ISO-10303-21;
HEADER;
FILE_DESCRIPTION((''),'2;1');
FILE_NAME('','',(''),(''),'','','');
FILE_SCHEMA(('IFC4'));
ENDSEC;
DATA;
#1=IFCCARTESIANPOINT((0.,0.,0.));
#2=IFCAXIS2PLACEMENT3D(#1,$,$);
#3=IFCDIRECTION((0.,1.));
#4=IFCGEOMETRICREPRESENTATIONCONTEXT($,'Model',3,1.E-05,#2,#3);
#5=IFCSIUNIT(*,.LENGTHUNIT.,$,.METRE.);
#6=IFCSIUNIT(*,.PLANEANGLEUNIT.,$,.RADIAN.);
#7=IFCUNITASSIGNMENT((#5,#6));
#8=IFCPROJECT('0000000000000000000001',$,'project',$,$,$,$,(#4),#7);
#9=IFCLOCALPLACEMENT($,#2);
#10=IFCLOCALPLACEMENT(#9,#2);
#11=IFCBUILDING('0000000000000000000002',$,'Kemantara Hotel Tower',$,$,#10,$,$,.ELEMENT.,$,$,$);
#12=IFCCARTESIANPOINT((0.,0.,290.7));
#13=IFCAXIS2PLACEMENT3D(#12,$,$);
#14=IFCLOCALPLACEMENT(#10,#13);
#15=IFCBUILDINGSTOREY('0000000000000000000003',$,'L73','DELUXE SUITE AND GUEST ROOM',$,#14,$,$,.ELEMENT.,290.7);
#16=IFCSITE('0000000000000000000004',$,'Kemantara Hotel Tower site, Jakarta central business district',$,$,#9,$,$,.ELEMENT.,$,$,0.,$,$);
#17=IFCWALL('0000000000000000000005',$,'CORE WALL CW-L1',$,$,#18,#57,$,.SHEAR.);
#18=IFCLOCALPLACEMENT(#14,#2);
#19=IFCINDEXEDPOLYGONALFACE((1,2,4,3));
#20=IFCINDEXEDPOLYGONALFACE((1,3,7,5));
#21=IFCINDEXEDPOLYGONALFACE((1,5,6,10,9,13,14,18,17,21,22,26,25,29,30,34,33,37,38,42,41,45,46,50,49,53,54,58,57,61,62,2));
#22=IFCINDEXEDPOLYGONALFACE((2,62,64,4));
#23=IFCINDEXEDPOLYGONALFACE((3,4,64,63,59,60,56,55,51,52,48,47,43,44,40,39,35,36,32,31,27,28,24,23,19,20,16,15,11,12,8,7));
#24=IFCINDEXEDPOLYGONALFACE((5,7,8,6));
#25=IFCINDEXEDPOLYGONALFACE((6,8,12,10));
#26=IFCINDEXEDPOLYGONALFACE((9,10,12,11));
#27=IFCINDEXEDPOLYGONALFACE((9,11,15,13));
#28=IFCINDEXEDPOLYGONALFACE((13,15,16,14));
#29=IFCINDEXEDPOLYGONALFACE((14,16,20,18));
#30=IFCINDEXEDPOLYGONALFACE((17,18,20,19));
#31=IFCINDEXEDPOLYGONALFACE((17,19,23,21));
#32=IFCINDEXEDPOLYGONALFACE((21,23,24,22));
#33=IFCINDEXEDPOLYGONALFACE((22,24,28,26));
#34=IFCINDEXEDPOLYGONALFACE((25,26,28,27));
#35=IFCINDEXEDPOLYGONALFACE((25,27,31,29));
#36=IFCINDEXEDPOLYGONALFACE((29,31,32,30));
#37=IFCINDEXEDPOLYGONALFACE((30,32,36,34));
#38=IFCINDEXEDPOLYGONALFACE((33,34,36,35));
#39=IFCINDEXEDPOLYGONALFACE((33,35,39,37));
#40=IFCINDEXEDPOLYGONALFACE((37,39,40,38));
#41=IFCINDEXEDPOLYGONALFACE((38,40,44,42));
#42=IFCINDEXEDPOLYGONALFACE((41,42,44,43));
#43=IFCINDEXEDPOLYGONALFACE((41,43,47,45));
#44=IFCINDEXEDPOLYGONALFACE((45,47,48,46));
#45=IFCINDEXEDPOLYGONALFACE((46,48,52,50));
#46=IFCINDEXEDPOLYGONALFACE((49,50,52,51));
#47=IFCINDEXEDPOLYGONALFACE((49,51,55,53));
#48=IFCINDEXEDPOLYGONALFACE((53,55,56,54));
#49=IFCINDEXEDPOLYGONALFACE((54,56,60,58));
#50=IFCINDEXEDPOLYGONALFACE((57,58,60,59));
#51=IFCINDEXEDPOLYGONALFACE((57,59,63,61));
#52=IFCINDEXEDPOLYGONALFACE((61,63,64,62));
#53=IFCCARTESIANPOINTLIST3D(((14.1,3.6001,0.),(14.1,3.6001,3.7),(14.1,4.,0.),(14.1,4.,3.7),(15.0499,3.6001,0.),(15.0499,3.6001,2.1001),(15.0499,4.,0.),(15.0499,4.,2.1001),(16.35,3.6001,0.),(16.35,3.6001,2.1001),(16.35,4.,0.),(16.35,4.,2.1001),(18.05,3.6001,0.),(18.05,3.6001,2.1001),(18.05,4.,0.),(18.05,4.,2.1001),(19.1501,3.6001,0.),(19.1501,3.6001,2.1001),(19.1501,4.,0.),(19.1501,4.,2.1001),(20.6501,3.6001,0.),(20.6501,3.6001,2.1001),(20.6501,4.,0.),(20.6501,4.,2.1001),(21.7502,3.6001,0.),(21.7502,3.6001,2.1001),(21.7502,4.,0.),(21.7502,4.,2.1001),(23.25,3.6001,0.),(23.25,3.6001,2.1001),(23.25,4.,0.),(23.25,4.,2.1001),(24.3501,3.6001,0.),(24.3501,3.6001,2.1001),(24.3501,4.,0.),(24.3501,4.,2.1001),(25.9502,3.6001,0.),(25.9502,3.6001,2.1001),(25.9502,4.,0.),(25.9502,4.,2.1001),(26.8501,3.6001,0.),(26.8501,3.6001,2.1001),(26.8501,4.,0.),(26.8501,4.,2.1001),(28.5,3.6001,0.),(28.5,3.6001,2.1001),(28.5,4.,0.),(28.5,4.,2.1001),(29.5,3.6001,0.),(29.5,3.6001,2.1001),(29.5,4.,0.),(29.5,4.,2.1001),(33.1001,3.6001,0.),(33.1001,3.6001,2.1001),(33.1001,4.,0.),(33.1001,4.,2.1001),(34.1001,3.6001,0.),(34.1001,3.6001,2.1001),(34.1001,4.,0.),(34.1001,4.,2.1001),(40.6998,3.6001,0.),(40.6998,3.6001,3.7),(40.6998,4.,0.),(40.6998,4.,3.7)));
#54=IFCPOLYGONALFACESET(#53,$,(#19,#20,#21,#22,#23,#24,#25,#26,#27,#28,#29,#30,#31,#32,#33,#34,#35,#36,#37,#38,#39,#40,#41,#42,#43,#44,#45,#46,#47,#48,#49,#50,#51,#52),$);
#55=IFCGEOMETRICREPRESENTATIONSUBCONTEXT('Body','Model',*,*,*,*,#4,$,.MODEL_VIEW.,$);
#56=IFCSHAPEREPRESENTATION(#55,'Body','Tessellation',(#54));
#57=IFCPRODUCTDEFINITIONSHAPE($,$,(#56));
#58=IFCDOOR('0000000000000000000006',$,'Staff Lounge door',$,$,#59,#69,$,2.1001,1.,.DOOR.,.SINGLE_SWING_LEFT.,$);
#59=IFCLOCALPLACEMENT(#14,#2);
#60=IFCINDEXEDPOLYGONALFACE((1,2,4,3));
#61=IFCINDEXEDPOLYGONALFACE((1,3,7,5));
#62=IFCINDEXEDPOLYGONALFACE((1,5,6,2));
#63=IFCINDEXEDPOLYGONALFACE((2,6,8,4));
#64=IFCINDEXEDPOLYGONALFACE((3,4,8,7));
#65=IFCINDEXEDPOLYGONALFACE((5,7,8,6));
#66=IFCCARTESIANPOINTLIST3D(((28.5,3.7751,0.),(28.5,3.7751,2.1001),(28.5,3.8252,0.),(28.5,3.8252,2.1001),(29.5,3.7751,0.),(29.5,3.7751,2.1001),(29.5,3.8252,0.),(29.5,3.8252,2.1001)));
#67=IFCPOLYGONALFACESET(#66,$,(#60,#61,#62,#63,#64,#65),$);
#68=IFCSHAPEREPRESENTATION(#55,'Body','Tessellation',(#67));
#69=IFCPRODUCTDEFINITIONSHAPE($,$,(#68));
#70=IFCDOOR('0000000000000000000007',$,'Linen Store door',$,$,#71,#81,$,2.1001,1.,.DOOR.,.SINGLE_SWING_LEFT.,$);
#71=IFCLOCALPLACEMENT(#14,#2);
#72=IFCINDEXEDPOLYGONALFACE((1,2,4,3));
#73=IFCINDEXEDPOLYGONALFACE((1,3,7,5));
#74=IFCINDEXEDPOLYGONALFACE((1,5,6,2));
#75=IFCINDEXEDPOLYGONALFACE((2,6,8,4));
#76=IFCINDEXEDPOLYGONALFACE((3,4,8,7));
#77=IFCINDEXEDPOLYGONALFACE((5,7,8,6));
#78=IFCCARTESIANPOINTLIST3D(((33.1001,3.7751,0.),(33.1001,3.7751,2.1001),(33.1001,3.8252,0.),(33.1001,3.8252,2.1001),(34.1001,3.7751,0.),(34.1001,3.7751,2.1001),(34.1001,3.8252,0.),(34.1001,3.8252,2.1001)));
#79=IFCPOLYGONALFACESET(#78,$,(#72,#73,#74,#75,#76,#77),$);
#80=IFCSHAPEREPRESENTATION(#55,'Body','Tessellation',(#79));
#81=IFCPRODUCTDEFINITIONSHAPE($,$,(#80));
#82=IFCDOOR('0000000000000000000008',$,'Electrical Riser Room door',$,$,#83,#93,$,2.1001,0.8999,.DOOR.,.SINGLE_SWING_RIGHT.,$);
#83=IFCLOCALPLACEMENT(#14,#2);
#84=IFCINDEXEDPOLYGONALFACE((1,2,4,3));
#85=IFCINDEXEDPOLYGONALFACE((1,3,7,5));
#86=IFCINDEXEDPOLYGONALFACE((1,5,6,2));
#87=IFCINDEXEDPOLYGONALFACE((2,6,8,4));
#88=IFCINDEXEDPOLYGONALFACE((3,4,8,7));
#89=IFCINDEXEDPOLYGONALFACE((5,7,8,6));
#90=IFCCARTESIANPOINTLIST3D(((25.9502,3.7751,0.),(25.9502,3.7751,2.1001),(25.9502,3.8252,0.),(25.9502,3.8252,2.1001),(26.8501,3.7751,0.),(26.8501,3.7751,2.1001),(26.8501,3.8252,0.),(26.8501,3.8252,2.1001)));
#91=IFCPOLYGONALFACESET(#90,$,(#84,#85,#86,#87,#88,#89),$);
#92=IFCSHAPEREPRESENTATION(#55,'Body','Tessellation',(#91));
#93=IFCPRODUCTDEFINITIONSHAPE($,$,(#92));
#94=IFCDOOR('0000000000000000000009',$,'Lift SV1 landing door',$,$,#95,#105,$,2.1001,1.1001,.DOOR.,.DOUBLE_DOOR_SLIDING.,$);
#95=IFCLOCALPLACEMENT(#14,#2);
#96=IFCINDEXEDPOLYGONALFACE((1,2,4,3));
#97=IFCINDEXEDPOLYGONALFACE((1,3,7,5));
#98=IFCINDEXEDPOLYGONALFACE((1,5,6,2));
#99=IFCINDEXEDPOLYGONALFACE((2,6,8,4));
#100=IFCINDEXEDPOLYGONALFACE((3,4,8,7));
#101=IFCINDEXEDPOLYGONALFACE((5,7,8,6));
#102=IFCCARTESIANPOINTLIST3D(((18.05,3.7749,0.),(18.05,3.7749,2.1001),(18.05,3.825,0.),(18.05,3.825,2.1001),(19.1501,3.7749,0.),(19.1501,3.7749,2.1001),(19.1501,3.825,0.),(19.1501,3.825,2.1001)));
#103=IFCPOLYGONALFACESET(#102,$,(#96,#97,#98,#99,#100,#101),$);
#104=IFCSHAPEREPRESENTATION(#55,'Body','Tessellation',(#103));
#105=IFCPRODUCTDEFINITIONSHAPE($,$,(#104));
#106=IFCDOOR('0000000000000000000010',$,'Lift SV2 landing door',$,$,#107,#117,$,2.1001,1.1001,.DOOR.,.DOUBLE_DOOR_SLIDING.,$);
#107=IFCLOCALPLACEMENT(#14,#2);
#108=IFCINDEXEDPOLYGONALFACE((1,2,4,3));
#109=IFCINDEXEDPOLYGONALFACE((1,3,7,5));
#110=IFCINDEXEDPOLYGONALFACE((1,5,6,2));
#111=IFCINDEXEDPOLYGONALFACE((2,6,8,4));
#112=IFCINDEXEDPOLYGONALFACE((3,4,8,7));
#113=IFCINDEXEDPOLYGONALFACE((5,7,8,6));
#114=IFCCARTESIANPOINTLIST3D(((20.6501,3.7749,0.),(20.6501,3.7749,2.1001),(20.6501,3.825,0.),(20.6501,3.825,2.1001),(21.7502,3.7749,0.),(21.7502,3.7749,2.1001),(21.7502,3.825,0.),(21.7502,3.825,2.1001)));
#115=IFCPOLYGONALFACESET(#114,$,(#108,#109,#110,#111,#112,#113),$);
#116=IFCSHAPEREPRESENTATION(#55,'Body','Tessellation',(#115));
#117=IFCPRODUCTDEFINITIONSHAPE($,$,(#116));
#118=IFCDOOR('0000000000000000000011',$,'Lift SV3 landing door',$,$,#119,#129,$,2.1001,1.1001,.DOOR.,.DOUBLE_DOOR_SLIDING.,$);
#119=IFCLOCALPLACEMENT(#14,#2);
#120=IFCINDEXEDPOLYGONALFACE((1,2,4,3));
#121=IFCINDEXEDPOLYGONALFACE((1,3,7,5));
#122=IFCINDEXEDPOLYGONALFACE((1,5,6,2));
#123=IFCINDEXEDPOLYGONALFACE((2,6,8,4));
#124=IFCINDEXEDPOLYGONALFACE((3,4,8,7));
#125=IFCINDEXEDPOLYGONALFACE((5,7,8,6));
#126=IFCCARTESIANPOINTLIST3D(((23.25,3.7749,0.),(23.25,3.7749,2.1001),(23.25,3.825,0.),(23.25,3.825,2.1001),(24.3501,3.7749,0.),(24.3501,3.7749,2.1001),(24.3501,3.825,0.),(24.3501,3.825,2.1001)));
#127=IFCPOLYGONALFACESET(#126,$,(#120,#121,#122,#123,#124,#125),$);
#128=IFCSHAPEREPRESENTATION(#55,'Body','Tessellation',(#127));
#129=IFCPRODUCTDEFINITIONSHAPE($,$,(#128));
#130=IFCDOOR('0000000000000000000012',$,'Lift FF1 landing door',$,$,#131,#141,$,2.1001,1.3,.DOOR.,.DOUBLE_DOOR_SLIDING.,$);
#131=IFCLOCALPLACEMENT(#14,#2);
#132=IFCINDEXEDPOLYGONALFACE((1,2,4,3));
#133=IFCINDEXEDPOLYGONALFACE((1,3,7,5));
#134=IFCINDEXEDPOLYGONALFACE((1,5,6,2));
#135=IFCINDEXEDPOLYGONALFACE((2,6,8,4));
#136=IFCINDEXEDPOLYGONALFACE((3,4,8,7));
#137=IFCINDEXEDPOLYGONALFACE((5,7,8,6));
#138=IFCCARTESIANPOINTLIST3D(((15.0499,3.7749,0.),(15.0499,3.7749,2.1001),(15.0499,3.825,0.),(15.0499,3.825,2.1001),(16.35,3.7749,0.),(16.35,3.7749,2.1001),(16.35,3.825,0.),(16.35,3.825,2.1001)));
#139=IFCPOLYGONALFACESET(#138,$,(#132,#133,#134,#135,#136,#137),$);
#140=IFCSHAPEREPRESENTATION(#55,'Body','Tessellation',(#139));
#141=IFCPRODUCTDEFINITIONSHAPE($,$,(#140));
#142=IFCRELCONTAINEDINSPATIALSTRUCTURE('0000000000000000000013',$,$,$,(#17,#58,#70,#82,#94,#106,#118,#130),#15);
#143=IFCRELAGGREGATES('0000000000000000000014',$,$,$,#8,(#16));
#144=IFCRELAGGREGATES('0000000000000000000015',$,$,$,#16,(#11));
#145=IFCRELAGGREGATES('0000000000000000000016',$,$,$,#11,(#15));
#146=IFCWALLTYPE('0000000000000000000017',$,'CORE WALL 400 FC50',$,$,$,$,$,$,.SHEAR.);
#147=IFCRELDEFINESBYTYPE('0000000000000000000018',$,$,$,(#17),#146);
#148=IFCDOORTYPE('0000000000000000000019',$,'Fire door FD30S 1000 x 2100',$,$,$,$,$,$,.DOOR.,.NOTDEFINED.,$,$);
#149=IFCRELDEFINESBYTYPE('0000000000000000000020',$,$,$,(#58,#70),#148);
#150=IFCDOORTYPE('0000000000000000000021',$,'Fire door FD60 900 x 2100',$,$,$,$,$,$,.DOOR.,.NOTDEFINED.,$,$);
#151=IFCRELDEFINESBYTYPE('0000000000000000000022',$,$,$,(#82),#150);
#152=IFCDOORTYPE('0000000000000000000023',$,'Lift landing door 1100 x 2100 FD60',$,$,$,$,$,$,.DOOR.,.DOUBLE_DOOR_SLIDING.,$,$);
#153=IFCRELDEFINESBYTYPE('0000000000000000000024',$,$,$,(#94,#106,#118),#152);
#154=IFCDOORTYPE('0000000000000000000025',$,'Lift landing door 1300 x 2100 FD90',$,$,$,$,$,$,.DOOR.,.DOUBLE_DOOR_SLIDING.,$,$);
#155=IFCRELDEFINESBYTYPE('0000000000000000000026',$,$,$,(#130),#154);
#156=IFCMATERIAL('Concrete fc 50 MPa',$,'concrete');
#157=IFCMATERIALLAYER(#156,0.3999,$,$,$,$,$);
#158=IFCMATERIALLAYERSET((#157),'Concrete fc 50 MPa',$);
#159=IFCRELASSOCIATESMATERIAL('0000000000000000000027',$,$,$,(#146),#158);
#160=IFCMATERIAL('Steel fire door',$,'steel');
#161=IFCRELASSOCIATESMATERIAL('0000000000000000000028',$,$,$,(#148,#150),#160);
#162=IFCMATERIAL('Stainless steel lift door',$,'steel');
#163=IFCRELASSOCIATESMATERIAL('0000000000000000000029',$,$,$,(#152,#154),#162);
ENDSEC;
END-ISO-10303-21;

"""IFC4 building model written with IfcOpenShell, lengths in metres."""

from ifc_helpers import new_model, si_unit, direction, frame, frame_2d, origin, place, context, subcontext, project, spatial, rectangle, extrude, material, layer, layer_set, type_object, element, fill, save


model = new_model("IFC4")

# Units and contexts
model_context = context("Model", 3, precision=1e-05, world=origin(), true_north=direction((0.0, 1.0)))
body_context = subcontext(model_context, "Body", "Model", "MODEL_VIEW")
ifc_project = project(units=[si_unit("LENGTHUNIT", "METRE"), si_unit("PLANEANGLEUNIT", "RADIAN")], contexts=[model_context])

# Site, building, storey
site_placement = place(None, origin())
site = spatial("IfcSite", under=ifc_project, at=site_placement, Name="Kemantara Hotel Tower site, Jakarta central business district", CompositionType="ELEMENT", RefElevation=0.0)
building_placement = place(site_placement, origin())
building = spatial("IfcBuilding", under=site, at=building_placement, Name="Kemantara Hotel Tower", CompositionType="ELEMENT")
storey_placement = place(building_placement, frame((0.0, 0.0, 290.7)))
storey = spatial("IfcBuildingStorey", under=building, at=storey_placement, Name="L73", Description="DELUXE SUITE AND GUEST ROOM", CompositionType="ELEMENT", Elevation=290.7)

# Shared definitions
ifc_material_1 = material(Name="Concrete fc 50 MPa", Category="concrete")

# Wall, openings, doors
ifc_layer_1 = layer(ifc_material_1, 0.3999)
ifc_layer_set_1 = layer_set([ifc_layer_1], Name="Concrete fc 50 MPa")
wall_type_1 = type_object("IfcWallType", Name="CORE WALL 400 FC50", PredefinedType="SHEAR", material=ifc_layer_set_1)
wall_1_placement = place(storey_placement, frame((14.1001, 3.8, 0.0), z_axis=(0.0, 0.0, 1.0), x_axis=(1.0, 0.0, 0.0)))
wall_1 = element("IfcWall", 1, at=wall_1_placement, inside=storey, type_object=wall_type_1, Name="CORE WALL CW-L1", PredefinedType="SHEAR", context=body_context, shape_type="SweptSolid", body=[
    extrude(rectangle(XDim=26.5999, YDim=0.3999, at=frame_2d((13.2998, 0.0))), origin(), (0.0, 0.0, 1.0), 3.7),
])
opening_1_placement = place(wall_1_placement, frame((0.95, 0.0, 0.0)))
opening_1 = element("IfcOpeningElement", 2, at=opening_1_placement, cuts=wall_1, PredefinedType="OPENING", context=body_context, shape_type="SweptSolid", body=[
    extrude(rectangle(XDim=1.3, YDim=2.1001, at=frame_2d((0.6499, 1.05))), frame((0.0, 0.21, 0.0), z_axis=(0.0, -1.0, 0.0), x_axis=(1.0, 0.0, 0.0)), (0.0, 0.0, 1.0), 0.4199),
])
opening_2_placement = place(wall_1_placement, frame((3.95, 0.0, 0.0)))
opening_2 = element("IfcOpeningElement", 3, at=opening_2_placement, cuts=wall_1, PredefinedType="OPENING", context=body_context, shape_type="SweptSolid", body=[
    extrude(rectangle(XDim=1.1001, YDim=2.1001, at=frame_2d((0.55, 1.05))), frame((0.0, 0.21, 0.0), z_axis=(0.0, -1.0, 0.0), x_axis=(1.0, 0.0, 0.0)), (0.0, 0.0, 1.0), 0.4199),
])
opening_3_placement = place(wall_1_placement, frame((6.55, 0.0, 0.0)))
opening_3 = element("IfcOpeningElement", 4, at=opening_3_placement, cuts=wall_1, PredefinedType="OPENING", context=body_context, shape_type="SweptSolid", body=[
    extrude(rectangle(XDim=1.1001, YDim=2.1001, at=frame_2d((0.55, 1.05))), frame((0.0, 0.21, 0.0), z_axis=(0.0, -1.0, 0.0), x_axis=(1.0, 0.0, 0.0)), (0.0, 0.0, 1.0), 0.4199),
])
opening_4_placement = place(wall_1_placement, frame((9.1499, 0.0, 0.0)))
opening_4 = element("IfcOpeningElement", 5, at=opening_4_placement, cuts=wall_1, PredefinedType="OPENING", context=body_context, shape_type="SweptSolid", body=[
    extrude(rectangle(XDim=1.1001, YDim=2.1001, at=frame_2d((0.55, 1.05))), frame((0.0, 0.21, 0.0), z_axis=(0.0, -1.0, 0.0), x_axis=(1.0, 0.0, 0.0)), (0.0, 0.0, 1.0), 0.4199),
])
opening_5_placement = place(wall_1_placement, frame((11.8501, 0.0, 0.0)))
opening_5 = element("IfcOpeningElement", 6, at=opening_5_placement, cuts=wall_1, PredefinedType="OPENING", context=body_context, shape_type="SweptSolid", body=[
    extrude(rectangle(XDim=0.8999, YDim=2.1001, at=frame_2d((0.45, 1.05))), frame((0.0, 0.21, 0.0), z_axis=(0.0, -1.0, 0.0), x_axis=(1.0, 0.0, 0.0)), (0.0, 0.0, 1.0), 0.4199),
])
opening_6_placement = place(wall_1_placement, frame((14.3999, 0.0, 0.0)))
opening_6 = element("IfcOpeningElement", 7, at=opening_6_placement, cuts=wall_1, PredefinedType="OPENING", context=body_context, shape_type="SweptSolid", body=[
    extrude(rectangle(XDim=1.0, YDim=2.1001, at=frame_2d((0.5, 1.05))), frame((0.0, 0.21, 0.0), z_axis=(0.0, -1.0, 0.0), x_axis=(1.0, 0.0, 0.0)), (0.0, 0.0, 1.0), 0.4199),
])
opening_7_placement = place(wall_1_placement, frame((19.0, 0.0, 0.0)))
opening_7 = element("IfcOpeningElement", 8, at=opening_7_placement, cuts=wall_1, PredefinedType="OPENING", context=body_context, shape_type="SweptSolid", body=[
    extrude(rectangle(XDim=1.0, YDim=2.1001, at=frame_2d((0.5, 1.05))), frame((0.0, 0.21, 0.0), z_axis=(0.0, -1.0, 0.0), x_axis=(1.0, 0.0, 0.0)), (0.0, 0.0, 1.0), 0.4199),
])
ifc_material_2 = material(Name="Steel fire door", Category="steel")
door_type_1 = type_object("IfcDoorType", Name="Fire door FD30S 1000 x 2100", OperationType="NOTDEFINED", PredefinedType="DOOR", material=ifc_material_2)
door_1_placement = place(opening_6_placement, frame((1.0, 0.0, 0.0), z_axis=(0.0, 0.0, 1.0), x_axis=(-1.0, 0.0, 0.0)))
door_1 = element("IfcDoor", 9, at=door_1_placement, inside=storey, type_object=door_type_1, Name="Staff Lounge door", OperationType="SINGLE_SWING_LEFT", OverallHeight=2.1001, OverallWidth=1.0, PredefinedType="DOOR", context=body_context, shape_type="SweptSolid", body=[
    extrude(rectangle(XDim=1.0, YDim=2.1001, at=frame_2d((0.5, 1.05))), frame((0.0, 0.0249, 0.0), z_axis=(0.0, -1.0, 0.0), x_axis=(1.0, 0.0, 0.0)), (0.0, 0.0, 1.0), 0.05),
])
fill(opening_6, door_1)
door_2_placement = place(opening_7_placement, frame((1.0, 0.0, 0.0), z_axis=(0.0, 0.0, 1.0), x_axis=(-1.0, 0.0, 0.0)))
door_2 = element("IfcDoor", 10, at=door_2_placement, inside=storey, type_object=door_type_1, Name="Linen Store door", OperationType="SINGLE_SWING_LEFT", OverallHeight=2.1001, OverallWidth=1.0, PredefinedType="DOOR", context=body_context, shape_type="SweptSolid", body=[
    extrude(rectangle(XDim=1.0, YDim=2.1001, at=frame_2d((0.5, 1.05))), frame((0.0, 0.0249, 0.0), z_axis=(0.0, -1.0, 0.0), x_axis=(1.0, 0.0, 0.0)), (0.0, 0.0, 1.0), 0.05),
])
fill(opening_7, door_2)
door_type_2 = type_object("IfcDoorType", Name="Fire door FD60 900 x 2100", OperationType="NOTDEFINED", PredefinedType="DOOR", material=ifc_material_2)
door_3_placement = place(opening_5_placement, frame((0.8999, 0.0, 0.0), z_axis=(0.0, 0.0, 1.0), x_axis=(-1.0, 0.0, 0.0)))
door_3 = element("IfcDoor", 11, at=door_3_placement, inside=storey, type_object=door_type_2, Name="Electrical Riser Room door", OperationType="SINGLE_SWING_RIGHT", OverallHeight=2.1001, OverallWidth=0.8999, PredefinedType="DOOR", context=body_context, shape_type="SweptSolid", body=[
    extrude(rectangle(XDim=0.8999, YDim=2.1001, at=frame_2d((0.45, 1.05))), frame((0.0, 0.0249, 0.0), z_axis=(0.0, -1.0, 0.0), x_axis=(1.0, 0.0, 0.0)), (0.0, 0.0, 1.0), 0.05),
])
fill(opening_5, door_3)
ifc_material_3 = material(Name="Stainless steel lift door", Category="steel")
door_type_3 = type_object("IfcDoorType", Name="Lift landing door 1100 x 2100 FD60", OperationType="DOUBLE_DOOR_SLIDING", PredefinedType="DOOR", material=ifc_material_3)
door_4_placement = place(opening_2_placement, origin())
door_4 = element("IfcDoor", 12, at=door_4_placement, inside=storey, type_object=door_type_3, Name="Lift SV1 landing door", OperationType="DOUBLE_DOOR_SLIDING", OverallHeight=2.1001, OverallWidth=1.1001, PredefinedType="DOOR", context=body_context, shape_type="SweptSolid", body=[
    extrude(rectangle(XDim=1.1001, YDim=2.1001, at=frame_2d((0.55, 1.05))), frame((0.0, 0.0249, 0.0), z_axis=(0.0, -1.0, 0.0), x_axis=(1.0, 0.0, 0.0)), (0.0, 0.0, 1.0), 0.05),
])
fill(opening_2, door_4)
door_5_placement = place(opening_3_placement, origin())
door_5 = element("IfcDoor", 13, at=door_5_placement, inside=storey, type_object=door_type_3, Name="Lift SV2 landing door", OperationType="DOUBLE_DOOR_SLIDING", OverallHeight=2.1001, OverallWidth=1.1001, PredefinedType="DOOR", context=body_context, shape_type="SweptSolid", body=[
    extrude(rectangle(XDim=1.1001, YDim=2.1001, at=frame_2d((0.55, 1.05))), frame((0.0, 0.0249, 0.0), z_axis=(0.0, -1.0, 0.0), x_axis=(1.0, 0.0, 0.0)), (0.0, 0.0, 1.0), 0.05),
])
fill(opening_3, door_5)
door_6_placement = place(opening_4_placement, origin())
door_6 = element("IfcDoor", 14, at=door_6_placement, inside=storey, type_object=door_type_3, Name="Lift SV3 landing door", OperationType="DOUBLE_DOOR_SLIDING", OverallHeight=2.1001, OverallWidth=1.1001, PredefinedType="DOOR", context=body_context, shape_type="SweptSolid", body=[
    extrude(rectangle(XDim=1.1001, YDim=2.1001, at=frame_2d((0.55, 1.05))), frame((0.0, 0.0249, 0.0), z_axis=(0.0, -1.0, 0.0), x_axis=(1.0, 0.0, 0.0)), (0.0, 0.0, 1.0), 0.05),
])
fill(opening_4, door_6)
door_type_4 = type_object("IfcDoorType", Name="Lift landing door 1300 x 2100 FD90", OperationType="DOUBLE_DOOR_SLIDING", PredefinedType="DOOR", material=ifc_material_3)
door_7_placement = place(opening_1_placement, origin())
door_7 = element("IfcDoor", 15, at=door_7_placement, inside=storey, type_object=door_type_4, Name="Lift FF1 landing door", OperationType="DOUBLE_DOOR_SLIDING", OverallHeight=2.1001, OverallWidth=1.3, PredefinedType="DOOR", context=body_context, shape_type="SweptSolid", body=[
    extrude(rectangle(XDim=1.3, YDim=2.1001, at=frame_2d((0.6499, 1.05))), frame((0.0, 0.0249, 0.0), z_axis=(0.0, -1.0, 0.0), x_axis=(1.0, 0.0, 0.0)), (0.0, 0.0, 1.0), 0.05),
])
fill(opening_1, door_7)

save(model, "model.ifc")
